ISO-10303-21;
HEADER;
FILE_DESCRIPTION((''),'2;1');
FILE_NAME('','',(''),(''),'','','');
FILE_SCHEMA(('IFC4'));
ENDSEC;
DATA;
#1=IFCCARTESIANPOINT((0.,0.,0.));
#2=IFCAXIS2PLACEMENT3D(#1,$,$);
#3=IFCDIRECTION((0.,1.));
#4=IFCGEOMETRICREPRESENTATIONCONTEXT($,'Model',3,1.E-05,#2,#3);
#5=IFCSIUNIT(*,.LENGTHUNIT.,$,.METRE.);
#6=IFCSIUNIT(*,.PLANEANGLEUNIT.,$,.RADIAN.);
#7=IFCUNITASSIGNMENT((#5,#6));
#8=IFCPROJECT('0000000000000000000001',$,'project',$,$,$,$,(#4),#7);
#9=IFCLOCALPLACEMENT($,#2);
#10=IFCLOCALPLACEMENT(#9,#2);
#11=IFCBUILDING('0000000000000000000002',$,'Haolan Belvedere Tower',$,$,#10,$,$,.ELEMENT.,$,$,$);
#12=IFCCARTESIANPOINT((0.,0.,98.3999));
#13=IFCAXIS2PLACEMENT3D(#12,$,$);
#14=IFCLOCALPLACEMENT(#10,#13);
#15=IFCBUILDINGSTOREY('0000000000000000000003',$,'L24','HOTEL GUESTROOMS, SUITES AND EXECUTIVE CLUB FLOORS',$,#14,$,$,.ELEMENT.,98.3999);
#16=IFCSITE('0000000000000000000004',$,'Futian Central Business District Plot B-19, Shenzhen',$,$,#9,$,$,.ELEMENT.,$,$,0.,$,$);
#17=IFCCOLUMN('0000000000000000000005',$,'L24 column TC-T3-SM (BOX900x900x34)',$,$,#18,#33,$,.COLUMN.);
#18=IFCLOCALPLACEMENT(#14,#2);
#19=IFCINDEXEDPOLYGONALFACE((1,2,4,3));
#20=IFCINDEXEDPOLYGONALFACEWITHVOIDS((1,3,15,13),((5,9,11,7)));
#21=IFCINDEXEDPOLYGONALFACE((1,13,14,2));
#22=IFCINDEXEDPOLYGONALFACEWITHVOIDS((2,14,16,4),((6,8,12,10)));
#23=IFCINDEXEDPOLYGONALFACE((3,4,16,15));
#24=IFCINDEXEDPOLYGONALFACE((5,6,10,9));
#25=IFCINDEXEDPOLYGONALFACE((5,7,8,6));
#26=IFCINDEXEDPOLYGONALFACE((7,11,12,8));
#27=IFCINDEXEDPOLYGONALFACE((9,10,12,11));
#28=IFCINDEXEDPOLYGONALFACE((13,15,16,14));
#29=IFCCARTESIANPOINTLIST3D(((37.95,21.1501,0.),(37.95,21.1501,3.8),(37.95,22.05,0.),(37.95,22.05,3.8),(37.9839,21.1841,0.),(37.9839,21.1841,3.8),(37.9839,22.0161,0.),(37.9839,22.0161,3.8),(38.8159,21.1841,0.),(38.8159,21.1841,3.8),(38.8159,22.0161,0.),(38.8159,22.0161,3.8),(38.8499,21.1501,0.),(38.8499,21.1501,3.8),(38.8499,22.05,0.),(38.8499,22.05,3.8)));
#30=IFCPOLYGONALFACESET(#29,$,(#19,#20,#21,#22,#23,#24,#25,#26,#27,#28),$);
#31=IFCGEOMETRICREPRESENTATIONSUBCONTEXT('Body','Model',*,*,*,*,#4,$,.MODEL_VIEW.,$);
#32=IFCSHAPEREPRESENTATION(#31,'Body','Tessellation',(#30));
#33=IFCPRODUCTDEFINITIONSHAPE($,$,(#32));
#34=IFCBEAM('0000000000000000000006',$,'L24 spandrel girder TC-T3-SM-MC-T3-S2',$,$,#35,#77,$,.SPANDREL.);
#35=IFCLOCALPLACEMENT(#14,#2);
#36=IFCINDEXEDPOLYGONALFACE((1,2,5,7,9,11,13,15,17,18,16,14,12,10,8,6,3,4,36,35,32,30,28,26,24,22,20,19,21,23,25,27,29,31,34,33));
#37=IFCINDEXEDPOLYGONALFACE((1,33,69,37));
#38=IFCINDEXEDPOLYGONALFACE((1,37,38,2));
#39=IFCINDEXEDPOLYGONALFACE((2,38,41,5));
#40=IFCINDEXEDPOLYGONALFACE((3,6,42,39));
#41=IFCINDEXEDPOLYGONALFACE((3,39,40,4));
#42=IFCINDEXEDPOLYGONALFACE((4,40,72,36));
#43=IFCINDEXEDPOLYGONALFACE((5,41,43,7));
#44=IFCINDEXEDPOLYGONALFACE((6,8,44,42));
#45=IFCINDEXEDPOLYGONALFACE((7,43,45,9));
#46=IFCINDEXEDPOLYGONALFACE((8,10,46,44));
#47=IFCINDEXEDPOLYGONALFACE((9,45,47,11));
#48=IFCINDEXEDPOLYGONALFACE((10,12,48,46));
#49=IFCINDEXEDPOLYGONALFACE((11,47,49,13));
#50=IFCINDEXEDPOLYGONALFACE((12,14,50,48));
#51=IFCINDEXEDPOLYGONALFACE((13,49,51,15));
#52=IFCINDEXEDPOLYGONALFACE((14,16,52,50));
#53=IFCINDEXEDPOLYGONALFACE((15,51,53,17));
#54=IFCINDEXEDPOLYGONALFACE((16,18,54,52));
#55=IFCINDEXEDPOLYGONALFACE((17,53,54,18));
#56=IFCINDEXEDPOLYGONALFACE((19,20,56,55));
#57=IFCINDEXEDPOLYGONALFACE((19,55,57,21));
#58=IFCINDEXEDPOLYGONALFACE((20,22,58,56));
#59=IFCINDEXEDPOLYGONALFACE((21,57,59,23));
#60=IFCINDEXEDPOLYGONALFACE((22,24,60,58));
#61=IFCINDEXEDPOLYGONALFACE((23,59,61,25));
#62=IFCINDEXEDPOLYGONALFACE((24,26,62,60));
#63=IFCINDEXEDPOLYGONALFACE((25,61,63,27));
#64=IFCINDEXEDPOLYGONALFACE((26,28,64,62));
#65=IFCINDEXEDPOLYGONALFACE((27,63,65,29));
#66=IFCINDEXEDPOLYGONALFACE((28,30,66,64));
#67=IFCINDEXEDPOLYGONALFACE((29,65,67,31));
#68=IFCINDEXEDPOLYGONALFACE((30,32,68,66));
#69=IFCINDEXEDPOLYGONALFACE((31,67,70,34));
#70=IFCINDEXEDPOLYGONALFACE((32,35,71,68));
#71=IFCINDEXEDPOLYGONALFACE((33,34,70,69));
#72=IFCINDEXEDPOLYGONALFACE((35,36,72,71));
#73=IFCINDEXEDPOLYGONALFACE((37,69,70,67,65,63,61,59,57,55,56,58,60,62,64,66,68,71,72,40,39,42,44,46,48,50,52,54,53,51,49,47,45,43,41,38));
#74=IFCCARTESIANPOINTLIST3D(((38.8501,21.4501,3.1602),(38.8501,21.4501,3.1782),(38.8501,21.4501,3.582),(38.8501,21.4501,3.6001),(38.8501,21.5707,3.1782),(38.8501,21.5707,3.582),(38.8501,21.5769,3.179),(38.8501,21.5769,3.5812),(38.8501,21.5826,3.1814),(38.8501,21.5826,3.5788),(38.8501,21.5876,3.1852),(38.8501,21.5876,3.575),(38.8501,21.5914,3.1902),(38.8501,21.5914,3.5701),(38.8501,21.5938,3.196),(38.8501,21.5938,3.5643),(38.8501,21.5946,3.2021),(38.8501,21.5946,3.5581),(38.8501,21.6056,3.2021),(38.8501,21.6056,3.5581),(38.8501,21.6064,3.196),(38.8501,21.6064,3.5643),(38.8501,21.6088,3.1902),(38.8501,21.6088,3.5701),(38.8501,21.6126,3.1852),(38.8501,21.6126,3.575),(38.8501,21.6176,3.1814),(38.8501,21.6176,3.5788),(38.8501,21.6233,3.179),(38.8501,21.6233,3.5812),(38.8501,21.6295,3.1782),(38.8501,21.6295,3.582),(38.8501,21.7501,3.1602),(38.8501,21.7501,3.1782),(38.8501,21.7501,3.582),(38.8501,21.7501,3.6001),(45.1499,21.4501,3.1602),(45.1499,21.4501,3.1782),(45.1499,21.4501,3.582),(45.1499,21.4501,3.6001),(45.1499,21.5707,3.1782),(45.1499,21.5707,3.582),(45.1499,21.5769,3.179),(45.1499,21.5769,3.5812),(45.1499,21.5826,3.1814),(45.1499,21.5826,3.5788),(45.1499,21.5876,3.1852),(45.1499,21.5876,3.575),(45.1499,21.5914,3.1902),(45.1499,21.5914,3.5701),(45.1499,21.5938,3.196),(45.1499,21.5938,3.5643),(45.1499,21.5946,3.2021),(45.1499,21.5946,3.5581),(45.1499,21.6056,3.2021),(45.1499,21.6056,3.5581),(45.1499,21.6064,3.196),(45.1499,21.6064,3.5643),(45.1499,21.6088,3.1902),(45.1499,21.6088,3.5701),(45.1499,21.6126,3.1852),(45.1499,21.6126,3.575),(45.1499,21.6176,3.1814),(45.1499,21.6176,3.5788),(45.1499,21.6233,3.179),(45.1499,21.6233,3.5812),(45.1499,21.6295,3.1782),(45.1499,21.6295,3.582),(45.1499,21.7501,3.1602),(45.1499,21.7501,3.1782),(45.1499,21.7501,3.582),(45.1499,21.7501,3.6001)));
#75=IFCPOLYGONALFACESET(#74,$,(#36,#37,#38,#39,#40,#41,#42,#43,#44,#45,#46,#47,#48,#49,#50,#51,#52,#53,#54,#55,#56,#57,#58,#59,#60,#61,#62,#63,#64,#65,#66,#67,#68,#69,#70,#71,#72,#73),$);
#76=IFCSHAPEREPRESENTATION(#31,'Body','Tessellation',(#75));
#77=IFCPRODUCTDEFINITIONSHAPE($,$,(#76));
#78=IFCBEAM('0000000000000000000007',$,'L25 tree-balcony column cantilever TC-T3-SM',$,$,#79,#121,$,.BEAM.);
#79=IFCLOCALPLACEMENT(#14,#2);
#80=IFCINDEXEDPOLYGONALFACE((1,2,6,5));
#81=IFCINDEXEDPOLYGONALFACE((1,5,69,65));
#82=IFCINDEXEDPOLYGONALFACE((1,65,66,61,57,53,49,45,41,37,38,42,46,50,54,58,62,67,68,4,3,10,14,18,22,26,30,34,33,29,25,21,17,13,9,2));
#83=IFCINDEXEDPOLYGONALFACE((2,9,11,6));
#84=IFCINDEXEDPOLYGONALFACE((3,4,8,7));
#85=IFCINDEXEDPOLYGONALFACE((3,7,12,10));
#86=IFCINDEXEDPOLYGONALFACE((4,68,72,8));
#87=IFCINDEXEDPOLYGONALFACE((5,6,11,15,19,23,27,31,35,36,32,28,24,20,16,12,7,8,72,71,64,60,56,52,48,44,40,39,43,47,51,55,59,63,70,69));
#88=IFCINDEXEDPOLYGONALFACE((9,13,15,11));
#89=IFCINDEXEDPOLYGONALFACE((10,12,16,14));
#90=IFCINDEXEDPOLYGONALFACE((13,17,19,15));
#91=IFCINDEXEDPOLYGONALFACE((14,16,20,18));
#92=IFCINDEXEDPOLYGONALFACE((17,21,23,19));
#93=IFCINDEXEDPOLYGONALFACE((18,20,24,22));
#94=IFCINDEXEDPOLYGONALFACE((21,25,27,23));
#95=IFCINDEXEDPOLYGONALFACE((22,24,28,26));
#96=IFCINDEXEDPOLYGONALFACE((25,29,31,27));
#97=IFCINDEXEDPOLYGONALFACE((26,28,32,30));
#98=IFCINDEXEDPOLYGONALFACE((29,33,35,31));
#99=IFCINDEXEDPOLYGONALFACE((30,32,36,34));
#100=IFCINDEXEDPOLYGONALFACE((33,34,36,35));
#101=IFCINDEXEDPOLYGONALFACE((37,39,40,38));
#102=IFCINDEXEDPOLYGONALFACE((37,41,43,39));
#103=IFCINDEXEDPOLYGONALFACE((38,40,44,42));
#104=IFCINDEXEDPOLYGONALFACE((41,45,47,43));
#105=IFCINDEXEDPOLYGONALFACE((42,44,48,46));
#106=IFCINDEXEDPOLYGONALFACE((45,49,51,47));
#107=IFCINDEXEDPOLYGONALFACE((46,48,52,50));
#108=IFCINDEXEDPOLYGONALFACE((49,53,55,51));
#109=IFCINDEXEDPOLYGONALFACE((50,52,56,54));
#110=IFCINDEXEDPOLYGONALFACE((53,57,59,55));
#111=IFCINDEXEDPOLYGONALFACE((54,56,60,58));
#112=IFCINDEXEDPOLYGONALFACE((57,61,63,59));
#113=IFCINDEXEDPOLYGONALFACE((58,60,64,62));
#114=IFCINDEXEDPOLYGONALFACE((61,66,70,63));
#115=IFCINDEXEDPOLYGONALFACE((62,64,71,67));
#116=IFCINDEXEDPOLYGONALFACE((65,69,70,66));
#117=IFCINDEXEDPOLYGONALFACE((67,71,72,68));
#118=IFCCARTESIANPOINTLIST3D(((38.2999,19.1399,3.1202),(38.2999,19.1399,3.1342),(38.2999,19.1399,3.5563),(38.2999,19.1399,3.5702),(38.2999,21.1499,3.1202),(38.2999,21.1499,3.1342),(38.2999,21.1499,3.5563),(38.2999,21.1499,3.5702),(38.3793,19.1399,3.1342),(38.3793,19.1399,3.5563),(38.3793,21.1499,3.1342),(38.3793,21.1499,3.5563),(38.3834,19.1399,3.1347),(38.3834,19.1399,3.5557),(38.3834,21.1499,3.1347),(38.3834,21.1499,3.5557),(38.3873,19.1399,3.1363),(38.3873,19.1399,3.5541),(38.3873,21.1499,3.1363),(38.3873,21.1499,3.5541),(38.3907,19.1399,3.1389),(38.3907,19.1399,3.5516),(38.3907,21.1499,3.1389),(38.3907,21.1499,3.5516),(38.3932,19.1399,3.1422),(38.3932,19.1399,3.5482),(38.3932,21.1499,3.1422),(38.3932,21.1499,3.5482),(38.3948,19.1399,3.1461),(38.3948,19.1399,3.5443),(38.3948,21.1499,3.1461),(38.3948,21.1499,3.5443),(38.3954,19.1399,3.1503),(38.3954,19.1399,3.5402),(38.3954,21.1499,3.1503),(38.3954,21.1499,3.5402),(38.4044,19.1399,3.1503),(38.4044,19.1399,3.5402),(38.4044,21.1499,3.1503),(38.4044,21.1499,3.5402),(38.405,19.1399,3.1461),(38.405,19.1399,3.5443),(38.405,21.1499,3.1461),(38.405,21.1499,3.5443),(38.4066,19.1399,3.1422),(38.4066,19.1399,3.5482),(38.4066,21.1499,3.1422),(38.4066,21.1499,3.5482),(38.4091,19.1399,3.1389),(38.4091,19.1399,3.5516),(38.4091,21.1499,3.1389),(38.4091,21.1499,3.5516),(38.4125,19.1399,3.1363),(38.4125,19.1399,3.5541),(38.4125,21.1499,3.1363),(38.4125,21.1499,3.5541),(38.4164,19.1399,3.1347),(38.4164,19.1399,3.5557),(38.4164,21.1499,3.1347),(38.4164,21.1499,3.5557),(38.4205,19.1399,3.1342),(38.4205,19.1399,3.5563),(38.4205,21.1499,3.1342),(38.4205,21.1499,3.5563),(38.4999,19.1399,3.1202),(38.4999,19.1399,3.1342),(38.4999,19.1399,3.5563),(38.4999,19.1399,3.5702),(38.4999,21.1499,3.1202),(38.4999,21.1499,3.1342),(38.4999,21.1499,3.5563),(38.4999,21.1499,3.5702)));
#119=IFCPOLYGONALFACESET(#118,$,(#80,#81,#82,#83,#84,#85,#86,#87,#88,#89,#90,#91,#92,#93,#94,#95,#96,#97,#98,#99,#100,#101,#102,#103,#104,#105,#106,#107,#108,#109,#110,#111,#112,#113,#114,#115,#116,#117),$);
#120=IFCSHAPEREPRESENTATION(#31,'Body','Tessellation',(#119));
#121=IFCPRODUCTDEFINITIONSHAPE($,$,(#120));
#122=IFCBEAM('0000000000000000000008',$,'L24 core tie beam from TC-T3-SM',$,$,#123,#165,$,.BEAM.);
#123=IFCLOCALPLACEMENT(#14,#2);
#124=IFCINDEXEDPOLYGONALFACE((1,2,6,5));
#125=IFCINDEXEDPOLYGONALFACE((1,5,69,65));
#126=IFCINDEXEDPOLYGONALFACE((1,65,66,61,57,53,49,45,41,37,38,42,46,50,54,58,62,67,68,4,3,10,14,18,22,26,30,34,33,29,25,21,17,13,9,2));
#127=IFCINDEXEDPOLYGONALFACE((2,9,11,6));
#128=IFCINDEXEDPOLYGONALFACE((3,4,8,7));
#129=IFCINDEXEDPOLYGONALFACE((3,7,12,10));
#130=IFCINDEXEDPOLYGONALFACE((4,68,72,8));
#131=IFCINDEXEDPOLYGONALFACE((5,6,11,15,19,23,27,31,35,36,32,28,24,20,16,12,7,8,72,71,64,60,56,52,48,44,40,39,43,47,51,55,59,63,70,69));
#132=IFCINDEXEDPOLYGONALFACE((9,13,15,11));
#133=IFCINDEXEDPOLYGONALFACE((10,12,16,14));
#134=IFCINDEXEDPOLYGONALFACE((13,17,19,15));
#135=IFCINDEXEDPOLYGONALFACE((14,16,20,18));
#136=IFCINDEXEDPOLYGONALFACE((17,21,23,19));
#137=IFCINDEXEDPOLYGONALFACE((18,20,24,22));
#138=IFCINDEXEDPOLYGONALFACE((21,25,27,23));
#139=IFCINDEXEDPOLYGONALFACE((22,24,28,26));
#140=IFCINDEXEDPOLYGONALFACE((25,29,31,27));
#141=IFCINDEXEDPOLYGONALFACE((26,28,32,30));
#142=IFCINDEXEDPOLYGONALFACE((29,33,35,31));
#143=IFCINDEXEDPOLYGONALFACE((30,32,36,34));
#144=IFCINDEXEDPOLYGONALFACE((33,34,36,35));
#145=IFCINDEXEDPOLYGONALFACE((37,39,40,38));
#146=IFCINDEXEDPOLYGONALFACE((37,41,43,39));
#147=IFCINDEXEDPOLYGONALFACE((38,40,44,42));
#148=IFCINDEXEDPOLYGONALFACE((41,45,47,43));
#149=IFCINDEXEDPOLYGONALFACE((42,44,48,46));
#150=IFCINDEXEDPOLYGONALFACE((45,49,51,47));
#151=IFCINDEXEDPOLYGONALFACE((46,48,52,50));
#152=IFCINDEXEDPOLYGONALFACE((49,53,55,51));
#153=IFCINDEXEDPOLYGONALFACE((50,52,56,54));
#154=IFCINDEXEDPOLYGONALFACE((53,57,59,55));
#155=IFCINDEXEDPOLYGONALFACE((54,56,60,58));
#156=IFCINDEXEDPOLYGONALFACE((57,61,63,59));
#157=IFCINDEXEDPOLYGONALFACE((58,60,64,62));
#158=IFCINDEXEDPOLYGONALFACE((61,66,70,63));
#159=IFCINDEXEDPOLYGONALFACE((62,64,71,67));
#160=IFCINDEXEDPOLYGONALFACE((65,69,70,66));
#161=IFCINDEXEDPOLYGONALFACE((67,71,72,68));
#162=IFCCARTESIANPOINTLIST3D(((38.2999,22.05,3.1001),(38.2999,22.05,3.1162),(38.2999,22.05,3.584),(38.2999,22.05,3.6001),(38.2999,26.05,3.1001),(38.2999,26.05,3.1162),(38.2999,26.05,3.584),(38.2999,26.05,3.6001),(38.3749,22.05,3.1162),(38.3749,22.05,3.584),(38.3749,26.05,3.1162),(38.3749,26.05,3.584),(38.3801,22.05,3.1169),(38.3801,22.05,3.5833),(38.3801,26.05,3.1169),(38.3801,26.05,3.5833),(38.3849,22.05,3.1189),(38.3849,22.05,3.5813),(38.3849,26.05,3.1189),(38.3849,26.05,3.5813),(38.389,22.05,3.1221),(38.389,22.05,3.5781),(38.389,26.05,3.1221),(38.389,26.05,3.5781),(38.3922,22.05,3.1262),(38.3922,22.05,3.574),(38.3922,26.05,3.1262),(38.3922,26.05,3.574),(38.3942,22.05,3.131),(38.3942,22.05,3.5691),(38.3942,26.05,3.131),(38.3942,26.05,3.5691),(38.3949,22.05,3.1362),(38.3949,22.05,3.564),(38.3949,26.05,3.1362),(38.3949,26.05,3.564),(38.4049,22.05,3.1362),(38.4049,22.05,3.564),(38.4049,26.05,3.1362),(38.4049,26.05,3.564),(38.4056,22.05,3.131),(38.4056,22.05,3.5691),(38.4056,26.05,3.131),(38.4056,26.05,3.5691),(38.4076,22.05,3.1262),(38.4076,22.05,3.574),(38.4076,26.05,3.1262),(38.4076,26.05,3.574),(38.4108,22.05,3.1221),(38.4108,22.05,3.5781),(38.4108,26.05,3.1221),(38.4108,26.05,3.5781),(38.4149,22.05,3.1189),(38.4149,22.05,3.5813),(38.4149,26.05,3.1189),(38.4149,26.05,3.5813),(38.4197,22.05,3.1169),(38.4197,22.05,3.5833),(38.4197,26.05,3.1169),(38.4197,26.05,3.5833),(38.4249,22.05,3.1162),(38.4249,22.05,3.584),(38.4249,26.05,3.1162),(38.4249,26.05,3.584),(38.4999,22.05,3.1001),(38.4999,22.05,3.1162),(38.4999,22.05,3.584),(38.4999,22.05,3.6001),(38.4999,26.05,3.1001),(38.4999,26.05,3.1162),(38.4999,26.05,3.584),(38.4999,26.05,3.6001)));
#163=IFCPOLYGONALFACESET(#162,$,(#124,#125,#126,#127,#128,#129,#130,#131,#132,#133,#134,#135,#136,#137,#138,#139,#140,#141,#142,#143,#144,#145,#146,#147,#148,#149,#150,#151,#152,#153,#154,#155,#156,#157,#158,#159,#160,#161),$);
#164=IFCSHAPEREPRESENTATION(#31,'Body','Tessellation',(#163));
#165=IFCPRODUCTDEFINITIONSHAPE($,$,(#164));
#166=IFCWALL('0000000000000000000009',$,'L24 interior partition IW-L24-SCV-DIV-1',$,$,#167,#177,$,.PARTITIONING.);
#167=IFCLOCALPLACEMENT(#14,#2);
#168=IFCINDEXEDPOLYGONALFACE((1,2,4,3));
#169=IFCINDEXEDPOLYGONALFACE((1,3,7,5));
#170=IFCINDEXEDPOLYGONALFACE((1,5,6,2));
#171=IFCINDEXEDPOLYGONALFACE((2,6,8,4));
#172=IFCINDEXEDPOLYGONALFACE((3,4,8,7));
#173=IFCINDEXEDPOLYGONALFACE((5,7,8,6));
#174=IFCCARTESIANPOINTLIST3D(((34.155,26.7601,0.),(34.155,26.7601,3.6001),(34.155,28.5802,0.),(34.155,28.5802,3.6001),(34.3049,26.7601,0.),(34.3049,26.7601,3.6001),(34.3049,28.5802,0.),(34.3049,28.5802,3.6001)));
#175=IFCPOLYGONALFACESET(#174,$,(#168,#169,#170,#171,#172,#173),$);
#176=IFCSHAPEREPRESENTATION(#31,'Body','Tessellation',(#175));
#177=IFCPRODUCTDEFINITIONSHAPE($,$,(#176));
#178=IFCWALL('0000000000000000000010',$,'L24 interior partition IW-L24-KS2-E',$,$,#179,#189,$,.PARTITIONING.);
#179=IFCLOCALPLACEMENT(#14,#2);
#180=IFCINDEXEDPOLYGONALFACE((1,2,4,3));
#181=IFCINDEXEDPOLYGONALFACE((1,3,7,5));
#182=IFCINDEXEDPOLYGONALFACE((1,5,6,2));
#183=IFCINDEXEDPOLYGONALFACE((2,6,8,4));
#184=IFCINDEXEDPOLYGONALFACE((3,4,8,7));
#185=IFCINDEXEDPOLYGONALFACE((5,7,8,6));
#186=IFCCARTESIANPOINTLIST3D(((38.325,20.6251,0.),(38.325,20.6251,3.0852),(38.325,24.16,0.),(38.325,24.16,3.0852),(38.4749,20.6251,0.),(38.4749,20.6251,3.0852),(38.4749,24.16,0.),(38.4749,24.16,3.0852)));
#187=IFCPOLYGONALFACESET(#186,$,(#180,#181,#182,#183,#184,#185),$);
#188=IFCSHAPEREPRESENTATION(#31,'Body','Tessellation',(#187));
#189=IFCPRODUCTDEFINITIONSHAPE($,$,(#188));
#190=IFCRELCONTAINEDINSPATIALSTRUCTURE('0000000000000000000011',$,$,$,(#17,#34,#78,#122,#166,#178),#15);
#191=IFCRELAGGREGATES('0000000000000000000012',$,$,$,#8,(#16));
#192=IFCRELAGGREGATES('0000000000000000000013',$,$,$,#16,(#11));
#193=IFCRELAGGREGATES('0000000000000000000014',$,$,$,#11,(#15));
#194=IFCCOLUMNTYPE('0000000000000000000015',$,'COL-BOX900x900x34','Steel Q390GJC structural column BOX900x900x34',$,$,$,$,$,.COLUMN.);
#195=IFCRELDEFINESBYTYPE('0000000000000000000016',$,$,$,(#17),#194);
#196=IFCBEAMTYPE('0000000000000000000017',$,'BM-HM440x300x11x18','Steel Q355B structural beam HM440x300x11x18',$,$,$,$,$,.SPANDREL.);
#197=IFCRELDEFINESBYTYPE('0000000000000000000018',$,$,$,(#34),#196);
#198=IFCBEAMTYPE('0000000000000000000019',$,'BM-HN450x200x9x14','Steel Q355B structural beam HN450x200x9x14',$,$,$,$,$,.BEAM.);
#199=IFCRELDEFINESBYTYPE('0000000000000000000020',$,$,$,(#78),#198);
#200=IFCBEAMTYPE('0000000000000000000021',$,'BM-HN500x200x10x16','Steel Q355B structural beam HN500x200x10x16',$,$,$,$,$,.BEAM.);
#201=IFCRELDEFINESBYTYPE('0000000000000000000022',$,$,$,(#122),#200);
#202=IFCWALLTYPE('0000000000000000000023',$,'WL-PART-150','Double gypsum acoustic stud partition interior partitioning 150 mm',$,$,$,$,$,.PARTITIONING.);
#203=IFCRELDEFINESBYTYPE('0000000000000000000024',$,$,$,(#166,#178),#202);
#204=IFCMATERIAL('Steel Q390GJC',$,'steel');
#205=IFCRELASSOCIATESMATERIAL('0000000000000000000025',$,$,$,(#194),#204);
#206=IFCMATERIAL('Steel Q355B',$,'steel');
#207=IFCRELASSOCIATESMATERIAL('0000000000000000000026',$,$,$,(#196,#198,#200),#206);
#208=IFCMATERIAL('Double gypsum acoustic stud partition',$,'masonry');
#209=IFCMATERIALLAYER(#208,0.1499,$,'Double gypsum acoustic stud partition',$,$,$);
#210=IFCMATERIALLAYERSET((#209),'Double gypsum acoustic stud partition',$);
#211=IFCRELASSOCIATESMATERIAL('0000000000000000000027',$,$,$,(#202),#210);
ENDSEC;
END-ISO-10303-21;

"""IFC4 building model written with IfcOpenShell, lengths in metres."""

from ifc_helpers import new_model, si_unit, direction, frame, frame_2d, origin, origin_2d, place, context, subcontext, project, spatial, rectangle, hollow_rectangle, i_section, extrude, material, layer, layer_set, material_profile, profile_set, type_object, element, save


model = new_model("IFC4")

# Units and contexts
model_context = context("Model", 3, precision=1e-05, world=origin(), true_north=direction((0.0, 1.0)))
body_context = subcontext(model_context, "Body", "Model", "MODEL_VIEW")
ifc_project = project(units=[si_unit("LENGTHUNIT", "METRE"), si_unit("PLANEANGLEUNIT", "RADIAN")], contexts=[model_context])

# Site, building, storey
site_placement = place(None, origin())
site = spatial("IfcSite", under=ifc_project, at=site_placement, Name="Futian Central Business District Plot B-19, Shenzhen", CompositionType="ELEMENT", RefElevation=0.0)
building_placement = place(site_placement, origin())
building = spatial("IfcBuilding", under=site, at=building_placement, Name="Haolan Belvedere Tower", CompositionType="ELEMENT")
storey_placement = place(building_placement, frame((0.0, 0.0, 98.3999)))
storey = spatial("IfcBuildingStorey", under=building, at=storey_placement, Name="L24", Description="HOTEL GUESTROOMS, SUITES AND EXECUTIVE CLUB FLOORS", CompositionType="ELEMENT", Elevation=98.3999)

# Column
ifc_material_1 = material(Name="Steel Q390GJC", Category="steel")
ifc_material_profile_1 = material_profile(ifc_material_1, hollow_rectangle(XDim=0.8999, YDim=0.8999, WallThickness=0.0339, at=origin_2d()), Name="Steel Q390GJC")
ifc_profile_set_1 = profile_set([ifc_material_profile_1], Name="Steel Q390GJC")
column_type = type_object("IfcColumnType", Name="COL-BOX900x900x34", Description="Steel Q390GJC structural column BOX900x900x34", PredefinedType="COLUMN", material=ifc_profile_set_1)
column_placement = place(storey_placement, frame((38.3999, 21.6001, 0.0), z_axis=(0.0, 0.0, 1.0), x_axis=(1.0, 0.0, 0.0)))
element("IfcColumn", 1, at=column_placement, inside=storey, type_object=column_type, Name="L24 column TC-T3-SM (BOX900x900x34)", PredefinedType="COLUMN", context=body_context, shape_type="SweptSolid", body=[
    extrude(hollow_rectangle(XDim=0.8999, YDim=0.8999, WallThickness=0.0339, at=origin_2d()), origin(), (0.0, 0.0, 1.0), 3.8),
])

# Beams
ifc_material_2 = material(Name="Steel Q355B", Category="steel")
ifc_material_profile_2 = material_profile(ifc_material_2, i_section(OverallWidth=0.3, OverallDepth=0.4399, WebThickness=0.011, FlangeThickness=0.0181, FilletRadius=0.0239, at=origin_2d()), Name="Steel Q355B")
ifc_profile_set_2 = profile_set([ifc_material_profile_2], Name="Steel Q355B")
beam_type_1 = type_object("IfcBeamType", Name="BM-HM440x300x11x18", Description="Steel Q355B structural beam HM440x300x11x18", PredefinedType="SPANDREL", material=ifc_profile_set_2)
beam_1_placement = place(storey_placement, frame((38.8501, 21.6001, 3.3801), z_axis=(1.0, 0.0, 0.0), x_axis=(0.0, 1.0, 0.0)))
element("IfcBeam", 2, at=beam_1_placement, inside=storey, type_object=beam_type_1, Name="L24 spandrel girder TC-T3-SM-MC-T3-S2", PredefinedType="SPANDREL", context=body_context, shape_type="SweptSolid", body=[
    extrude(i_section(OverallWidth=0.3, OverallDepth=0.4399, WebThickness=0.011, FlangeThickness=0.0181, FilletRadius=0.0239, at=origin_2d()), origin(), (0.0, 0.0, 1.0), 6.2998),
])
ifc_material_profile_3 = material_profile(ifc_material_2, i_section(OverallWidth=0.2, OverallDepth=0.45, WebThickness=0.009, FlangeThickness=0.0139, FilletRadius=0.0161, at=origin_2d()), Name="Steel Q355B")
ifc_profile_set_3 = profile_set([ifc_material_profile_3], Name="Steel Q355B")
beam_type_2 = type_object("IfcBeamType", Name="BM-HN450x200x9x14", Description="Steel Q355B structural beam HN450x200x9x14", PredefinedType="BEAM", material=ifc_profile_set_3)
beam_2_placement = place(storey_placement, frame((38.3999, 21.1499, 3.3452), z_axis=(0.0, -1.0, 0.0), x_axis=(1.0, 0.0, 0.0)))
element("IfcBeam", 3, at=beam_2_placement, inside=storey, type_object=beam_type_2, Name="L25 tree-balcony column cantilever TC-T3-SM", PredefinedType="BEAM", context=body_context, shape_type="SweptSolid", body=[
    extrude(i_section(OverallWidth=0.2, OverallDepth=0.45, WebThickness=0.009, FlangeThickness=0.0139, FilletRadius=0.0161, at=origin_2d()), origin(), (0.0, 0.0, 1.0), 2.01),
])
ifc_material_profile_4 = material_profile(ifc_material_2, i_section(OverallWidth=0.2, OverallDepth=0.5, WebThickness=0.01, FlangeThickness=0.0161, FilletRadius=0.02, at=origin_2d()), Name="Steel Q355B")
ifc_profile_set_4 = profile_set([ifc_material_profile_4], Name="Steel Q355B")
beam_type_3 = type_object("IfcBeamType", Name="BM-HN500x200x10x16", Description="Steel Q355B structural beam HN500x200x10x16", PredefinedType="BEAM", material=ifc_profile_set_4)
beam_3_placement = place(storey_placement, frame((38.3999, 22.05, 3.3501), z_axis=(0.0, 1.0, 0.0), x_axis=(-1.0, 0.0, 0.0)))
element("IfcBeam", 4, at=beam_3_placement, inside=storey, type_object=beam_type_3, Name="L24 core tie beam from TC-T3-SM", PredefinedType="BEAM", context=body_context, shape_type="SweptSolid", body=[
    extrude(i_section(OverallWidth=0.2, OverallDepth=0.5, WebThickness=0.01, FlangeThickness=0.0161, FilletRadius=0.02, at=origin_2d()), origin(), (0.0, 0.0, 1.0), 4.0),
])

# Walls
ifc_material_3 = material(Name="Double gypsum acoustic stud partition", Category="masonry")
ifc_layer_1 = layer(ifc_material_3, 0.1499, Name="Double gypsum acoustic stud partition")
ifc_layer_set_1 = layer_set([ifc_layer_1], Name="Double gypsum acoustic stud partition")
wall_type_1 = type_object("IfcWallType", Name="WL-PART-150", Description="Double gypsum acoustic stud partition interior partitioning 150 mm", PredefinedType="PARTITIONING", material=ifc_layer_set_1)
wall_1_placement = place(storey_placement, frame((34.23, 26.76, 0.0), z_axis=(0.0, 0.0, 1.0), x_axis=(0.0, 1.0, 0.0)))
element("IfcWall", 5, at=wall_1_placement, inside=storey, type_object=wall_type_1, Name="L24 interior partition IW-L24-SCV-DIV-1", PredefinedType="PARTITIONING", context=body_context, shape_type="SweptSolid", body=[
    extrude(rectangle(XDim=1.8201, YDim=0.1499, at=frame_2d((0.9102, 0.0))), origin(), (0.0, 0.0, 1.0), 3.6001),
])
wall_2_placement = place(storey_placement, frame((38.3999, 20.625, 0.0), z_axis=(0.0, 0.0, 1.0), x_axis=(0.0, 1.0, 0.0)))
element("IfcWall", 6, at=wall_2_placement, inside=storey, type_object=wall_type_1, Name="L24 interior partition IW-L24-KS2-E", PredefinedType="PARTITIONING", context=body_context, shape_type="SweptSolid", body=[
    extrude(rectangle(XDim=3.5349, YDim=0.1499, at=frame_2d((1.7676, 0.0))), origin(), (0.0, 0.0, 1.0), 3.0852),
])

save(model, "model.ifc")
